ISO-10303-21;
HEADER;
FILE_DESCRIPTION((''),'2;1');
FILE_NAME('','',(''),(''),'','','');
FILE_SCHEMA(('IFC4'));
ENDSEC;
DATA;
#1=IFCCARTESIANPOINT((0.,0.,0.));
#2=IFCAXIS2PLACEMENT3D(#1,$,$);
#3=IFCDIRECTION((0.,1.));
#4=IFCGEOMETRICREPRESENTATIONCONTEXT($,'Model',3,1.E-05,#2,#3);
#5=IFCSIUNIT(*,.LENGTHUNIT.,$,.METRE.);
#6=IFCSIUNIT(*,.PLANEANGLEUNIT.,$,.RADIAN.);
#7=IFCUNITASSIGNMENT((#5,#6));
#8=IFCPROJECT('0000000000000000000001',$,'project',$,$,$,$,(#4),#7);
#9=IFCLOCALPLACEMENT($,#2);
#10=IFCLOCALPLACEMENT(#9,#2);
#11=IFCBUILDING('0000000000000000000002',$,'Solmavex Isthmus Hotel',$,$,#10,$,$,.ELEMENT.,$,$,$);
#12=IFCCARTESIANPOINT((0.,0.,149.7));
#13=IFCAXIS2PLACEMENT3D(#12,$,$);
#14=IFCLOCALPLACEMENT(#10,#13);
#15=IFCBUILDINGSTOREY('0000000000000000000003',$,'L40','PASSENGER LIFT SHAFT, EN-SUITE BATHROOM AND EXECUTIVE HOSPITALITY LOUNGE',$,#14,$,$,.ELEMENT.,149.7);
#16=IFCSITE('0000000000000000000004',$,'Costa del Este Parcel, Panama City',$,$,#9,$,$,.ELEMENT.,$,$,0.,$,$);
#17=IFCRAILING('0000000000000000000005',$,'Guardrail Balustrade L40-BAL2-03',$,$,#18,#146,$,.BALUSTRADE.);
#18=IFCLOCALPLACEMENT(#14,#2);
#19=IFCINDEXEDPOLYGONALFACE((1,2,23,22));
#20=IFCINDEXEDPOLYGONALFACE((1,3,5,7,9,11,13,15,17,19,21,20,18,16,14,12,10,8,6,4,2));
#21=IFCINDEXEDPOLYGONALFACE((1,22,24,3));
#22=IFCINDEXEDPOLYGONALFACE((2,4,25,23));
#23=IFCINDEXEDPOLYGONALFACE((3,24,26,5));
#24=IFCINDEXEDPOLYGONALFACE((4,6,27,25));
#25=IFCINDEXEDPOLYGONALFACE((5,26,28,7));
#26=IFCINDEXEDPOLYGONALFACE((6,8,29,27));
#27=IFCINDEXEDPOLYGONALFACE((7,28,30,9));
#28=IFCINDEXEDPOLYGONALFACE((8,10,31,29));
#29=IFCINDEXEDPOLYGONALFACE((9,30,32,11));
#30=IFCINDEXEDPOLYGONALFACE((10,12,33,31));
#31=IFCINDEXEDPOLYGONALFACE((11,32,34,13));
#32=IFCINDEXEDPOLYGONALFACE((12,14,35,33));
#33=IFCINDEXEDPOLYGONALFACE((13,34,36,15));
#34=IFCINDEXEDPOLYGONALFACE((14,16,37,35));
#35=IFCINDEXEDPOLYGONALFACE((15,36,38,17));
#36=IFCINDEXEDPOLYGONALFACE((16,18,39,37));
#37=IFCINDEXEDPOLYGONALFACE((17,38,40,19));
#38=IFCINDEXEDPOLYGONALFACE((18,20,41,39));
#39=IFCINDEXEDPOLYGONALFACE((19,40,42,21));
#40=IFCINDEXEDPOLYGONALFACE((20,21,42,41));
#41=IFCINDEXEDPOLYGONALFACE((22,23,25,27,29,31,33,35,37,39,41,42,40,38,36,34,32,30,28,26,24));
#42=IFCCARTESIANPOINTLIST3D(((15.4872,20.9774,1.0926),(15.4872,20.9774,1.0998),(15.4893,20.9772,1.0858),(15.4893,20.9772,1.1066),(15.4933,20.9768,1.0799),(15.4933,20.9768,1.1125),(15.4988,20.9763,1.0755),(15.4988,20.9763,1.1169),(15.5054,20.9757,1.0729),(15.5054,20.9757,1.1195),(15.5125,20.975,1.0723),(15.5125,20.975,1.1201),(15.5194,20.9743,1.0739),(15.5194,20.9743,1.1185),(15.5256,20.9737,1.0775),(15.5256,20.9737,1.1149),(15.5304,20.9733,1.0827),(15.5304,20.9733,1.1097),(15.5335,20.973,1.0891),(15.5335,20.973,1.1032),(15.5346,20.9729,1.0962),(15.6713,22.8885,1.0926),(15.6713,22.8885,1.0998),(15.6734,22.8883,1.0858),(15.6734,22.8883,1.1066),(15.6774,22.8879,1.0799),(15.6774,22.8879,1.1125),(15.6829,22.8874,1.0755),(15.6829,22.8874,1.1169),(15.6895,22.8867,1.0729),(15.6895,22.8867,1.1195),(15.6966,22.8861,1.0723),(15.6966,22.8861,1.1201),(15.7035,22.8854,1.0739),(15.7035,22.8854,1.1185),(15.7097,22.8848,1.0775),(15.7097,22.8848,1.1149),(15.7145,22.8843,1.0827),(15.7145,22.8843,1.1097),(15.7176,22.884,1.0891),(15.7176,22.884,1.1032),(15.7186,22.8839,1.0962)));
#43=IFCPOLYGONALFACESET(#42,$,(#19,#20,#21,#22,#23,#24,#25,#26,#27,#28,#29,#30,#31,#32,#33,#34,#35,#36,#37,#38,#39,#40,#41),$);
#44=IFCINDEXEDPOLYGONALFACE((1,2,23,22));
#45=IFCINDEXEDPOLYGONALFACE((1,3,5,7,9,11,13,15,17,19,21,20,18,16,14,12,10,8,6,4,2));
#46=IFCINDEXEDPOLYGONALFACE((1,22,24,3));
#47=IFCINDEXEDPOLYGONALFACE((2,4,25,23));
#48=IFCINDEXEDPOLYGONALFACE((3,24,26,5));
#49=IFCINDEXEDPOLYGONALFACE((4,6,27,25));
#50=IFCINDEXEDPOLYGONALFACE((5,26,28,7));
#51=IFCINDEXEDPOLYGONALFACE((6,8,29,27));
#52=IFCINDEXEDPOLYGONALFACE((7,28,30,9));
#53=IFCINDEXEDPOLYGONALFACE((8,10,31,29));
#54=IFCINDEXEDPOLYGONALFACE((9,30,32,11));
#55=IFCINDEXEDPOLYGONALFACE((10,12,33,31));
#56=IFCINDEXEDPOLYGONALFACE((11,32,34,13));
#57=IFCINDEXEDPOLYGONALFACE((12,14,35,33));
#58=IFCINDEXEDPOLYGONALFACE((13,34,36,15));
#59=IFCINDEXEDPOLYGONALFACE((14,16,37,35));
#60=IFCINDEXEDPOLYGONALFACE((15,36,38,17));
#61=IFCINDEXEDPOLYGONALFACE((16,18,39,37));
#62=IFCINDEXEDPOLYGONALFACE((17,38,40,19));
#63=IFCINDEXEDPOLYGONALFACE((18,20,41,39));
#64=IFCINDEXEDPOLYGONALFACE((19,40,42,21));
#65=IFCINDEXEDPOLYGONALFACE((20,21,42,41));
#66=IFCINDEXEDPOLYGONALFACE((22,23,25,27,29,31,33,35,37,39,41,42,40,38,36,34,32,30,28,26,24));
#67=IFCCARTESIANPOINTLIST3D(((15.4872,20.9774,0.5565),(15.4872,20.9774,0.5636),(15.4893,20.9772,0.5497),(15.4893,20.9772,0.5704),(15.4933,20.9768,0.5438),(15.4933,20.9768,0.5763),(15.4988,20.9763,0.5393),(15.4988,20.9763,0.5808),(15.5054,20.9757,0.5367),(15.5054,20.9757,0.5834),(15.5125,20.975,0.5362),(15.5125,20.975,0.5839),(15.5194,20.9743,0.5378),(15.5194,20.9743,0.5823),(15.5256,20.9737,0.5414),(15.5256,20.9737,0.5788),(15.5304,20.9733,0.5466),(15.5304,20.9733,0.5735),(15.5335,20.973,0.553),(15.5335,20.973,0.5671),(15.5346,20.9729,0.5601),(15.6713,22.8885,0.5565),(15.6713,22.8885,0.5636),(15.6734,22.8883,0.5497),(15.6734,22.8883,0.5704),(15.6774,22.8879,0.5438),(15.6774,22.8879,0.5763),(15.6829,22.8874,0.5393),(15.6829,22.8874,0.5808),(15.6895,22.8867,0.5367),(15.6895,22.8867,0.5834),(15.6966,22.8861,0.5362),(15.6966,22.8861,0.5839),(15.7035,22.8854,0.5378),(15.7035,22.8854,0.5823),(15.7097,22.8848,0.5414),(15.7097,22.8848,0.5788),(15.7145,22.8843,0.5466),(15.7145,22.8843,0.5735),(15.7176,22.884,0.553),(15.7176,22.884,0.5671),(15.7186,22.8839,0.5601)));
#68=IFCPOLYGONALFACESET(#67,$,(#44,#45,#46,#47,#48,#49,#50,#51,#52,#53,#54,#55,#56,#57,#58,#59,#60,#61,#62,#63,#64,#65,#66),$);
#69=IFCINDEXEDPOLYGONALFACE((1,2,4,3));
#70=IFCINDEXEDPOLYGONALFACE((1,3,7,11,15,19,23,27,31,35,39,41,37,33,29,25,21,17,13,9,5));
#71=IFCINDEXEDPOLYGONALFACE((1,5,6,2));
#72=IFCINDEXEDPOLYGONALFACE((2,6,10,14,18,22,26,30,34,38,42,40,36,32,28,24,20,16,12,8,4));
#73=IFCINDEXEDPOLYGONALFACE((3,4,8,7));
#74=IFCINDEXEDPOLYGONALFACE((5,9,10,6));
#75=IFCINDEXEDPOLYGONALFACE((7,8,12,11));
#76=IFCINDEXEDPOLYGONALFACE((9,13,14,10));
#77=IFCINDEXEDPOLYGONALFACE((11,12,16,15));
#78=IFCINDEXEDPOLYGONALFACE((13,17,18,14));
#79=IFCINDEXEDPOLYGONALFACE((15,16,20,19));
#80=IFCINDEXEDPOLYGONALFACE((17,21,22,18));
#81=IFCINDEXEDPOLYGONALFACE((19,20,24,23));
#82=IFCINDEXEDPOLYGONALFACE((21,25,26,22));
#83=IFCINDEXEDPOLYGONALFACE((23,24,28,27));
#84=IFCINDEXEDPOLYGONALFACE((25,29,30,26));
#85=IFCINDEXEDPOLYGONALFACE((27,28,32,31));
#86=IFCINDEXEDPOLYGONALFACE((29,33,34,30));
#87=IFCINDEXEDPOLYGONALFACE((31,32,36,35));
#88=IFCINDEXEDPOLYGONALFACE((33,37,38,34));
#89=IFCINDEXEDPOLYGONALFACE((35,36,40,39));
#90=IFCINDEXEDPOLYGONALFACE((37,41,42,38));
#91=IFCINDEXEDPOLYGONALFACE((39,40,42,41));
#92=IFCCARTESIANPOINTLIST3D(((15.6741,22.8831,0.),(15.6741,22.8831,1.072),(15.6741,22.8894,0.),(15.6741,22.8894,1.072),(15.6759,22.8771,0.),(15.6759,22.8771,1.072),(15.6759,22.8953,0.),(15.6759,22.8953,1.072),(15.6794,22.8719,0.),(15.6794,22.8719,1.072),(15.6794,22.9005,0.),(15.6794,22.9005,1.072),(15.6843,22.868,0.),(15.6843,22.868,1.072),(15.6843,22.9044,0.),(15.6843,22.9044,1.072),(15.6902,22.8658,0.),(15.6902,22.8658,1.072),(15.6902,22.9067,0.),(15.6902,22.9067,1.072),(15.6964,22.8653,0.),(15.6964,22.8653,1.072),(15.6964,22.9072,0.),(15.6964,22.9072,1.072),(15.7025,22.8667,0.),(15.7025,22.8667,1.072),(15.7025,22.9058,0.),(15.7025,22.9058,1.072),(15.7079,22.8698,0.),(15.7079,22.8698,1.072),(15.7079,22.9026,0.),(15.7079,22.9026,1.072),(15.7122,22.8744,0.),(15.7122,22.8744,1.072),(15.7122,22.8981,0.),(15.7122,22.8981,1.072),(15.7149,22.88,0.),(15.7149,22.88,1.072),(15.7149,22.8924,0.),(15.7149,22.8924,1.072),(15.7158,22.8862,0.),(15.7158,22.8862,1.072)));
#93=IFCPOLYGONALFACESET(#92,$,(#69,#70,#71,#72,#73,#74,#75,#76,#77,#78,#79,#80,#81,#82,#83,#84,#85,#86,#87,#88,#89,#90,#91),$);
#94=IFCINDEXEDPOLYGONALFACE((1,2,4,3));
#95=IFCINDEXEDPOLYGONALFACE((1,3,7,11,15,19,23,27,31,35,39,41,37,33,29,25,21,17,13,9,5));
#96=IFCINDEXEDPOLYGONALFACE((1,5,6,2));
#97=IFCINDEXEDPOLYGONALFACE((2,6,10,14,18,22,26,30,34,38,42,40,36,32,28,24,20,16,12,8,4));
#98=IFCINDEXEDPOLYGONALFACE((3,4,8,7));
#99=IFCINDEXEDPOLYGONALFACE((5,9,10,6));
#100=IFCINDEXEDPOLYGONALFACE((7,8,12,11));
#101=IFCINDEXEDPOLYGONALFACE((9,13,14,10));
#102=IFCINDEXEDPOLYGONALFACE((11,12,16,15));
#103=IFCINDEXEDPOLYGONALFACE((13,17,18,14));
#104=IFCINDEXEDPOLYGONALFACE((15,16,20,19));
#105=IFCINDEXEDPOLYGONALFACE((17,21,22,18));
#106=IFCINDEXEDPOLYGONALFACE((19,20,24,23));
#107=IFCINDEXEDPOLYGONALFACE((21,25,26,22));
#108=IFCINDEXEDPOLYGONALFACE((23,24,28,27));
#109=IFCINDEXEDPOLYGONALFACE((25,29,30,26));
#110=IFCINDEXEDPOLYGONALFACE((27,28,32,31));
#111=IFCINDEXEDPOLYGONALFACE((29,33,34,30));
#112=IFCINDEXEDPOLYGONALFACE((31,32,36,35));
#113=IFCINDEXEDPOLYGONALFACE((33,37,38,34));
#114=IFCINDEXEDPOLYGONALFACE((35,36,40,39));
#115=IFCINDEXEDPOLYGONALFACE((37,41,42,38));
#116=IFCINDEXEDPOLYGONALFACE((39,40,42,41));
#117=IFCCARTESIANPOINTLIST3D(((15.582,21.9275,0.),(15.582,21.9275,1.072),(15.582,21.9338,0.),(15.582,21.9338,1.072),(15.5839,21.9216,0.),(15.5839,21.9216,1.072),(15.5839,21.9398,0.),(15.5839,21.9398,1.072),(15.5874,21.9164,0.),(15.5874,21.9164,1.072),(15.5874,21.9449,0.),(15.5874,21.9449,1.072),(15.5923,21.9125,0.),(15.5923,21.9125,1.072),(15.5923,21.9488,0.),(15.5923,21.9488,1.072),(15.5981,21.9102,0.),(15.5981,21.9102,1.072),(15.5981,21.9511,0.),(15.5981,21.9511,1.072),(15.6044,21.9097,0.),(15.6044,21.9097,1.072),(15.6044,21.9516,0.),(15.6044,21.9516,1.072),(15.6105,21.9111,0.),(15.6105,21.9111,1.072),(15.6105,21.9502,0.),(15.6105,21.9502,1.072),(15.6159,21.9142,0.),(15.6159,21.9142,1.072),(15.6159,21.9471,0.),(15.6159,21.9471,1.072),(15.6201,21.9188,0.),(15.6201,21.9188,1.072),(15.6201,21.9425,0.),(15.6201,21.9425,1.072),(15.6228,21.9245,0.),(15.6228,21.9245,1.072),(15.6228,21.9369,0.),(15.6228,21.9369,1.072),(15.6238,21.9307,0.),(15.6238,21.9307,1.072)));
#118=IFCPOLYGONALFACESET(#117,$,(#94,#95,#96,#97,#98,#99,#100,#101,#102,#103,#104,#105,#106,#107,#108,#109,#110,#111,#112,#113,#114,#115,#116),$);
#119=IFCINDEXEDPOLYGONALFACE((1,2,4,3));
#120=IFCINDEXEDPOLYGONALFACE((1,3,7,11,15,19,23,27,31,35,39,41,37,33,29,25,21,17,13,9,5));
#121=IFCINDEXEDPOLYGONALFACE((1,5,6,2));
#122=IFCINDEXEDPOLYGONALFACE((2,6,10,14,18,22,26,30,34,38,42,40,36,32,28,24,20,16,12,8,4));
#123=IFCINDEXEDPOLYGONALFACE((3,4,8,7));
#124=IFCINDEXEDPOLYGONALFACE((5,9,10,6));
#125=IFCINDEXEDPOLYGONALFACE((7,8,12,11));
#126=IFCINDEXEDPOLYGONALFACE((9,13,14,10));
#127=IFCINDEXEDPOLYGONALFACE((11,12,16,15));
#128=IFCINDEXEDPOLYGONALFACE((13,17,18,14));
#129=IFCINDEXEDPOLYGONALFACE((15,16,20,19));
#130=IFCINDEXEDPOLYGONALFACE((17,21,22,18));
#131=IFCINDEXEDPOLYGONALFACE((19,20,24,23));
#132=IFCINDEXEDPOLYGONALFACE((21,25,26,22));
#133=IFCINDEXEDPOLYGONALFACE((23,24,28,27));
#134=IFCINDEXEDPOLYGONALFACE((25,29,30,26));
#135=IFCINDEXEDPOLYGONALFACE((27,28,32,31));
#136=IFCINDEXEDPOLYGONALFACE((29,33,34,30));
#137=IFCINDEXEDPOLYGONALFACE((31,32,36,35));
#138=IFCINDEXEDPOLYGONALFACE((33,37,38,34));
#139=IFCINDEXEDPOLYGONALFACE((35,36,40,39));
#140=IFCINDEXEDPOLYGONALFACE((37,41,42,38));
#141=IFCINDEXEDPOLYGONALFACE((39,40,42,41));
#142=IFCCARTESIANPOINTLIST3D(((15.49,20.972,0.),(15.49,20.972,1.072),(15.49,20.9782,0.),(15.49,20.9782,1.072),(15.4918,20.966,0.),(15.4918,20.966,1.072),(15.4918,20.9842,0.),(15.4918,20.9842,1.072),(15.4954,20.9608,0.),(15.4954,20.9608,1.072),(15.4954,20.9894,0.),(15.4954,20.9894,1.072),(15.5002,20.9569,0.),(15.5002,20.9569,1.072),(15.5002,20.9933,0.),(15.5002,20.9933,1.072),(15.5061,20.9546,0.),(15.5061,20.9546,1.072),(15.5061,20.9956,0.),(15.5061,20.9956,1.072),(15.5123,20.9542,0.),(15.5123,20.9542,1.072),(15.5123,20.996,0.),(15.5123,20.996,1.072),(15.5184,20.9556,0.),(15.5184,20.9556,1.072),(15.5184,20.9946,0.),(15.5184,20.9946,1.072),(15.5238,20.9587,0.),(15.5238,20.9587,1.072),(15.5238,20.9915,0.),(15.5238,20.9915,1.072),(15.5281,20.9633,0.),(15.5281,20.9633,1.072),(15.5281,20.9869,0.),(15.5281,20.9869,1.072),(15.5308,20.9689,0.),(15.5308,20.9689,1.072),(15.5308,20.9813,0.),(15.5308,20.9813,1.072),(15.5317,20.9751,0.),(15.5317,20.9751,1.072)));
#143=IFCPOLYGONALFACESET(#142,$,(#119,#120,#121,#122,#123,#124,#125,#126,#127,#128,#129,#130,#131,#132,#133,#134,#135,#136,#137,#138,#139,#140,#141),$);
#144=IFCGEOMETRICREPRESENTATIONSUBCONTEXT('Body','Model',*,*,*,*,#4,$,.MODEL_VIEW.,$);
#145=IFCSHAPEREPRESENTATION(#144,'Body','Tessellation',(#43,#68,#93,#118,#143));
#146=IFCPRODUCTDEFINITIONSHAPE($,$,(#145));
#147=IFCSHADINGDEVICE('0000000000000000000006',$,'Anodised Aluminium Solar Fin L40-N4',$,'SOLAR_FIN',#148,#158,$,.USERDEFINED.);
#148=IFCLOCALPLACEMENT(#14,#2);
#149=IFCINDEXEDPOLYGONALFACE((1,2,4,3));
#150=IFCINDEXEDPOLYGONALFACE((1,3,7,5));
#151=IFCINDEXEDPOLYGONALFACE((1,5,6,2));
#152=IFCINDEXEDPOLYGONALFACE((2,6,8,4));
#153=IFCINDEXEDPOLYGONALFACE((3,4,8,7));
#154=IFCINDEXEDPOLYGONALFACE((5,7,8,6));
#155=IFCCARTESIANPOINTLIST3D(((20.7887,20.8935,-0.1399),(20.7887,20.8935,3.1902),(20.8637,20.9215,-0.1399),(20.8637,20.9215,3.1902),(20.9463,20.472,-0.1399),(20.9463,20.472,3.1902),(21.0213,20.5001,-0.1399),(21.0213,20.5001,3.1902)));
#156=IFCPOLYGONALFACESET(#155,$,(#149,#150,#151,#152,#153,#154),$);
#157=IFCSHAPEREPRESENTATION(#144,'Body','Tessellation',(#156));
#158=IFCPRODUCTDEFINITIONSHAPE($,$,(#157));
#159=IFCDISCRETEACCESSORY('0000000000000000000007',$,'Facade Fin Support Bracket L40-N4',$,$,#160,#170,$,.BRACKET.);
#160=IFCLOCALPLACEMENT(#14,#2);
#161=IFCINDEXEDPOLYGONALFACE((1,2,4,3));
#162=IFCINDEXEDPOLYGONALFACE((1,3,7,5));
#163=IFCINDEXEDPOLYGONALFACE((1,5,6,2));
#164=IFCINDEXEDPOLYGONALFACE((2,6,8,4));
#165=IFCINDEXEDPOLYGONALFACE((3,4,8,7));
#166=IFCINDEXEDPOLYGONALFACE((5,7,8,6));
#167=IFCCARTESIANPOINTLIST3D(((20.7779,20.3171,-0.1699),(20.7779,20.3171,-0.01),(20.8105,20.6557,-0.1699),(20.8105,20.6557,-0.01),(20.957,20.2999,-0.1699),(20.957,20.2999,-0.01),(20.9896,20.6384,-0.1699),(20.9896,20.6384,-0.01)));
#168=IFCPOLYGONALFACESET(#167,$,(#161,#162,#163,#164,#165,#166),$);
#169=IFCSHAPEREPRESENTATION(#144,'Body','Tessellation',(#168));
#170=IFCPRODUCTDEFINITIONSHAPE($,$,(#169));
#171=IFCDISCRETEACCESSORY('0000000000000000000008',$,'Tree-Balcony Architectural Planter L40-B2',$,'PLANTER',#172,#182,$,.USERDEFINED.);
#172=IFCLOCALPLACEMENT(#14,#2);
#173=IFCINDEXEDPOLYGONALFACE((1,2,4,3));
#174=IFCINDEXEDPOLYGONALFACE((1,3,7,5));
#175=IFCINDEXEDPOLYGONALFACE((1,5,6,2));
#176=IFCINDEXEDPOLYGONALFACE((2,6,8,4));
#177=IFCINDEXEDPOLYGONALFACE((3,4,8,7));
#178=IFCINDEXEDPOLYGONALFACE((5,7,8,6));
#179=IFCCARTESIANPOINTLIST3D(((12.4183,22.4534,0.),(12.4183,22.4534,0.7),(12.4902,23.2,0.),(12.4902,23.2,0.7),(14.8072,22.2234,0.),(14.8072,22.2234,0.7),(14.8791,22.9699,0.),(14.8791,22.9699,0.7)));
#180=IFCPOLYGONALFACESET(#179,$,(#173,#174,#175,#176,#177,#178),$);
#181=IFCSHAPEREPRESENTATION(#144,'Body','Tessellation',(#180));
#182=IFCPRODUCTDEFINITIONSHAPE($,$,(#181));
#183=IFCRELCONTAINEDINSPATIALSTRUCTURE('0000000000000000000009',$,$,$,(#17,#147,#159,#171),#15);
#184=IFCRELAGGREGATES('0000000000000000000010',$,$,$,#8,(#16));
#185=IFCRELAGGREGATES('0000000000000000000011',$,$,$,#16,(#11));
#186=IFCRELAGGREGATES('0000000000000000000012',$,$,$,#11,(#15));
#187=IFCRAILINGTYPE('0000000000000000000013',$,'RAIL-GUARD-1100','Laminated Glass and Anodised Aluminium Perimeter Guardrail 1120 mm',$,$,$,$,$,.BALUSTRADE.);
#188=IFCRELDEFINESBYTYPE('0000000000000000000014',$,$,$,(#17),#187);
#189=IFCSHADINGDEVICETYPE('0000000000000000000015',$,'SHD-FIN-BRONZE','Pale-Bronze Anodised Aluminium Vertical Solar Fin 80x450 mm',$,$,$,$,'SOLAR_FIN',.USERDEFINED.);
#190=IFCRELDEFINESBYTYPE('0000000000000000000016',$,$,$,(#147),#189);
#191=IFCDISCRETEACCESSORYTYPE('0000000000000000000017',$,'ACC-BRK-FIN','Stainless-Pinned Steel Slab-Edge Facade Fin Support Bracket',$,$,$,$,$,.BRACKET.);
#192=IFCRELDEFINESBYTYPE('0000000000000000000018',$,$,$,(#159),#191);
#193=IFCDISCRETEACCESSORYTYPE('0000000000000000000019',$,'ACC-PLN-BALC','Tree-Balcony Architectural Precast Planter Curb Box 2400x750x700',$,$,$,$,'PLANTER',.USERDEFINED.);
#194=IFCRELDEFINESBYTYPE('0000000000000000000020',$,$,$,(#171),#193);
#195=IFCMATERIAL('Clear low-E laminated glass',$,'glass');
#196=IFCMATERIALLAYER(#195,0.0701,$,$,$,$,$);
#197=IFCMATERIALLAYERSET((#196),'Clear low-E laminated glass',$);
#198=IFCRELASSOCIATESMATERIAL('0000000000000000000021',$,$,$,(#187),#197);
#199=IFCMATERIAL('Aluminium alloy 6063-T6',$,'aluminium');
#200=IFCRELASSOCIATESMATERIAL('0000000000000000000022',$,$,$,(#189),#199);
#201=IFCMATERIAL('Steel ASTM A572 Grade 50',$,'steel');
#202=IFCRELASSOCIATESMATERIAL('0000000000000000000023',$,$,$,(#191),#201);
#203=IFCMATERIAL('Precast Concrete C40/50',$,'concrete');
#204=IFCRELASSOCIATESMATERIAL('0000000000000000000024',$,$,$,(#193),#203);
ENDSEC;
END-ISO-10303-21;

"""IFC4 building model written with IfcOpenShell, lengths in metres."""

from ifc_helpers import new_model, si_unit, direction, frame, origin, origin_2d, place, context, subcontext, project, spatial, rectangle, circle, extrude, material, layer, layer_set, type_object, element, save


model = new_model("IFC4")

# Units and contexts
model_context = context("Model", 3, precision=1e-05, world=origin(), true_north=direction((0.0, 1.0)))
body_context = subcontext(model_context, "Body", "Model", "MODEL_VIEW")
ifc_project = project(units=[si_unit("LENGTHUNIT", "METRE"), si_unit("PLANEANGLEUNIT", "RADIAN")], contexts=[model_context])

# Site, building, storey
site_placement = place(None, origin())
site = spatial("IfcSite", under=ifc_project, at=site_placement, Name="Costa del Este Parcel, Panama City", CompositionType="ELEMENT", RefElevation=0.0)
building_placement = place(site_placement, origin())
building = spatial("IfcBuilding", under=site, at=building_placement, Name="Solmavex Isthmus Hotel", CompositionType="ELEMENT")
storey_placement = place(building_placement, frame((0.0, 0.0, 149.7)))
storey = spatial("IfcBuildingStorey", under=building, at=storey_placement, Name="L40", Description="PASSENGER LIFT SHAFT, EN-SUITE BATHROOM AND EXECUTIVE HOSPITALITY LOUNGE", CompositionType="ELEMENT", Elevation=149.7)

# Shared definitions
ifc_material_1 = material(Name="Aluminium alloy 6063-T6", Category="aluminium")

# Shared definitions
ifc_material_2 = material(Name="Clear low-E laminated glass", Category="glass")

# Shared definitions
ifc_material_3 = material(Name="Precast Concrete C40/50", Category="concrete")

# Railing
ifc_layer_1 = layer(ifc_material_2, 0.0701)
ifc_layer_set_1 = layer_set([ifc_layer_1], Name="Clear low-E laminated glass")
railing_type = type_object("IfcRailingType", Name="RAIL-GUARD-1100", Description="Laminated Glass and Anodised Aluminium Perimeter Guardrail 1120 mm", PredefinedType="BALUSTRADE", material=ifc_layer_set_1)
railing_placement = place(storey_placement, frame((15.6948, 22.8862, 0.0)))
element("IfcRailing", 1, at=railing_placement, inside=storey, type_object=railing_type, Name="Guardrail Balustrade L40-BAL2-03", PredefinedType="BALUSTRADE", context=body_context, shape_type="SweptSolid", body=[
    extrude(circle(Radius=0.0239, at=origin_2d()), frame((0.0, 0.0, 1.0962), z_axis=(-0.095877, -0.995393, 0.0), x_axis=(0.995393, -0.095877, 0.0)), (0.0, 0.0, 1.0), 1.9199),
    extrude(circle(Radius=0.0239, at=origin_2d()), frame((0.0, 0.0, 0.5601), z_axis=(-0.095877, -0.995393, 0.0), x_axis=(0.995393, -0.095877, 0.0)), (0.0, 0.0, 1.0), 1.9199),
    extrude(circle(Radius=0.021, at=origin_2d()), origin(), (0.0, 0.0, 1.0), 1.072),
    extrude(circle(Radius=0.021, at=origin_2d()), frame((-0.092, -0.9556, 0.0)), (0.0, 0.0, 1.0), 1.072),
    extrude(circle(Radius=0.021, at=origin_2d()), frame((-0.1841, -1.9111, 0.0)), (0.0, 0.0, 1.0), 1.072),
])

# Shading device
shading_device_type = type_object("IfcShadingDeviceType", Name="SHD-FIN-BRONZE", Description="Pale-Bronze Anodised Aluminium Vertical Solar Fin 80x450 mm", ElementType="SOLAR_FIN", PredefinedType="USERDEFINED", material=ifc_material_1)
shading_device_placement = place(storey_placement, frame((20.905, 20.6968, -0.1399), z_axis=(0.0, 0.0, 1.0), x_axis=(-0.350207, 0.936672, 0.0)))
element("IfcShadingDevice", 2, at=shading_device_placement, inside=storey, type_object=shading_device_type, Name="Anodised Aluminium Solar Fin L40-N4", ObjectType="SOLAR_FIN", PredefinedType="USERDEFINED", context=body_context, shape_type="SweptSolid", body=[
    extrude(rectangle(XDim=0.45, YDim=0.0801, at=origin_2d()), origin(), (0.0, 0.0, 1.0), 3.3301),
])

# Discrete accessories
ifc_material_4 = material(Name="Steel ASTM A572 Grade 50", Category="steel")
discrete_accessory_type_1 = type_object("IfcDiscreteAccessoryType", Name="ACC-BRK-FIN", Description="Stainless-Pinned Steel Slab-Edge Facade Fin Support Bracket", PredefinedType="BRACKET", material=ifc_material_4)
discrete_accessory_1_placement = place(storey_placement, frame((20.8838, 20.4778, -0.1699), z_axis=(0.0, 0.0, 1.0), x_axis=(0.095846, 0.995396, 0.0)))
element("IfcDiscreteAccessory", 3, at=discrete_accessory_1_placement, inside=storey, type_object=discrete_accessory_type_1, Name="Facade Fin Support Bracket L40-N4", PredefinedType="BRACKET", context=body_context, shape_type="SweptSolid", body=[
    extrude(rectangle(XDim=0.3401, YDim=0.1799, at=origin_2d()), origin(), (0.0, 0.0, 1.0), 0.1599),
])
discrete_accessory_type_2 = type_object("IfcDiscreteAccessoryType", Name="ACC-PLN-BALC", Description="Tree-Balcony Architectural Precast Planter Curb Box 2400x750x700", ElementType="PLANTER", PredefinedType="USERDEFINED", material=ifc_material_3)
discrete_accessory_2_placement = place(storey_placement, frame((13.6487, 22.7117, 0.0), z_axis=(0.0, 0.0, 1.0), x_axis=(0.995396, -0.095846, 0.0)))
element("IfcDiscreteAccessory", 4, at=discrete_accessory_2_placement, inside=storey, type_object=discrete_accessory_type_2, Name="Tree-Balcony Architectural Planter L40-B2", ObjectType="PLANTER", PredefinedType="USERDEFINED", context=body_context, shape_type="SweptSolid", body=[
    extrude(rectangle(XDim=2.3999, YDim=0.75, at=origin_2d()), origin(), (0.0, 0.0, 1.0), 0.7),
])

save(model, "model.ifc")
